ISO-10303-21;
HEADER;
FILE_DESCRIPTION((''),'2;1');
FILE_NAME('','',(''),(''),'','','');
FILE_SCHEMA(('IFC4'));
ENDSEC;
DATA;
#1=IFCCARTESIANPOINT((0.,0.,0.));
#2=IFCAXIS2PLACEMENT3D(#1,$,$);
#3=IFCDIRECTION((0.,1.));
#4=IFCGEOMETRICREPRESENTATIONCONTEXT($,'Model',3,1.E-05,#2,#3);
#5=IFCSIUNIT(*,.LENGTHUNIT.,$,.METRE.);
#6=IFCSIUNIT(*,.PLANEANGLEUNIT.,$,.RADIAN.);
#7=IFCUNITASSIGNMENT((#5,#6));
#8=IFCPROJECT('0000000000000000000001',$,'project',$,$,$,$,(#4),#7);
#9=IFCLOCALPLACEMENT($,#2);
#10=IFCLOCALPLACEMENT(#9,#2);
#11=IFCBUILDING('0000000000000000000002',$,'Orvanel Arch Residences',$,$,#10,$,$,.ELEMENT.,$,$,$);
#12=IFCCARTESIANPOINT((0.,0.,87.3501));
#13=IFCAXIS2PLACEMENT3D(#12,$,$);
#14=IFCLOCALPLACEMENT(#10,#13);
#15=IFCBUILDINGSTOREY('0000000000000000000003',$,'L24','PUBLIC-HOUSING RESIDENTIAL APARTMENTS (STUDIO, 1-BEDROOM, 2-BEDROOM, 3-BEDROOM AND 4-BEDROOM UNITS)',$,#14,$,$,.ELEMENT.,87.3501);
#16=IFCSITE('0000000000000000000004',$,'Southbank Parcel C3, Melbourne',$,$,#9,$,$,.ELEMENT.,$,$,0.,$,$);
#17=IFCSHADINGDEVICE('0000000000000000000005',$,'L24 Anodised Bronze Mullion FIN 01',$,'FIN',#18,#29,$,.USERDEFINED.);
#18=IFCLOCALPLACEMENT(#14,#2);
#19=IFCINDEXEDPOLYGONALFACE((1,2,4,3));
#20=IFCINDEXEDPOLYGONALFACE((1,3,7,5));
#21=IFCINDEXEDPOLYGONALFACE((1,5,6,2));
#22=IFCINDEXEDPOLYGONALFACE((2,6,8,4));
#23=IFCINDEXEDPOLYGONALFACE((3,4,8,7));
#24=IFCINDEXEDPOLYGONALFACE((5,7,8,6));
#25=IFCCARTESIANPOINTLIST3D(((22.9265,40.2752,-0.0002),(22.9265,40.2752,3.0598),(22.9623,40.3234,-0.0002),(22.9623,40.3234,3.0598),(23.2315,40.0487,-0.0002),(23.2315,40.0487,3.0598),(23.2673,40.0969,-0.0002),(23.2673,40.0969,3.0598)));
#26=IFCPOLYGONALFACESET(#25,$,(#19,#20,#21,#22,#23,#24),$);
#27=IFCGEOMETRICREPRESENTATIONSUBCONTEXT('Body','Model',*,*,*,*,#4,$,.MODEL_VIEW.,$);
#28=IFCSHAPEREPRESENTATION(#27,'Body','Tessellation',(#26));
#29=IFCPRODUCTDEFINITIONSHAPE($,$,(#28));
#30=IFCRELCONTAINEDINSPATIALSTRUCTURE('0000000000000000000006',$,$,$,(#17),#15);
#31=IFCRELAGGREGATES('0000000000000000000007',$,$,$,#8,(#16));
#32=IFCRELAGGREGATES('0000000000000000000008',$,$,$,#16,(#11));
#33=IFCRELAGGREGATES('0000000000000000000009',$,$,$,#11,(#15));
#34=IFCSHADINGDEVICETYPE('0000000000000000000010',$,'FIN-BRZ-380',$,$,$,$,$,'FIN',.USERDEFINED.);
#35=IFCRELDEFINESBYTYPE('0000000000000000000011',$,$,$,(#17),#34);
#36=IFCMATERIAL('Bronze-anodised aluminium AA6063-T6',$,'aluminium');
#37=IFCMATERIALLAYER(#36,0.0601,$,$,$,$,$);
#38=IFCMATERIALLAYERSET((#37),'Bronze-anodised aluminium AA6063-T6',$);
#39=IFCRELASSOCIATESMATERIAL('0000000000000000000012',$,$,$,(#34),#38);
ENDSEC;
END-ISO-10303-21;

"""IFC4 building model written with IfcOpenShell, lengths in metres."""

from ifc_helpers import new_model, si_unit, direction, frame, origin, origin_2d, place, context, subcontext, project, spatial, rectangle, extrude, material, layer, layer_set, type_object, element, save


model = new_model("IFC4")

# Units and contexts
model_context = context("Model", 3, precision=1e-05, world=origin(), true_north=direction((0.0, 1.0)))
body_context = subcontext(model_context, "Body", "Model", "MODEL_VIEW")
ifc_project = project(units=[si_unit("LENGTHUNIT", "METRE"), si_unit("PLANEANGLEUNIT", "RADIAN")], contexts=[model_context])

# Site, building, storey
site_placement = place(None, origin())
site = spatial("IfcSite", under=ifc_project, at=site_placement, Name="Southbank Parcel C3, Melbourne", CompositionType="ELEMENT", RefElevation=0.0)
building_placement = place(site_placement, origin())
building = spatial("IfcBuilding", under=site, at=building_placement, Name="Orvanel Arch Residences", CompositionType="ELEMENT")
storey_placement = place(building_placement, frame((0.0, 0.0, 87.3501)))
storey = spatial("IfcBuildingStorey", under=building, at=storey_placement, Name="L24", Description="PUBLIC-HOUSING RESIDENTIAL APARTMENTS (STUDIO, 1-BEDROOM, 2-BEDROOM, 3-BEDROOM AND 4-BEDROOM UNITS)", CompositionType="ELEMENT", Elevation=87.3501)

# Shared definitions
ifc_material_1 = material(Name="Bronze-anodised aluminium AA6063-T6", Category="aluminium")

# Shading device
ifc_layer_1 = layer(ifc_material_1, 0.0601)
ifc_layer_set_1 = layer_set([ifc_layer_1], Name="Bronze-anodised aluminium AA6063-T6")
shading_device_type = type_object("IfcShadingDeviceType", Name="FIN-BRZ-380", ElementType="FIN", PredefinedType="USERDEFINED", material=ifc_layer_set_1)
shading_device_placement = place(storey_placement, frame((23.0969, 40.186, -0.0002), z_axis=(0.0, 0.0, 1.0), x_axis=(-0.802817, 0.596225, 0.0)))
element("IfcShadingDevice", 1, at=shading_device_placement, inside=storey, type_object=shading_device_type, Name="L24 Anodised Bronze Mullion FIN 01", ObjectType="FIN", PredefinedType="USERDEFINED", context=body_context, shape_type="SweptSolid", body=[
    extrude(rectangle(XDim=0.3799, YDim=0.0601, at=origin_2d()), origin(), (0.0, 0.0, 1.0), 3.0601),
])

save(model, "model.ifc")
